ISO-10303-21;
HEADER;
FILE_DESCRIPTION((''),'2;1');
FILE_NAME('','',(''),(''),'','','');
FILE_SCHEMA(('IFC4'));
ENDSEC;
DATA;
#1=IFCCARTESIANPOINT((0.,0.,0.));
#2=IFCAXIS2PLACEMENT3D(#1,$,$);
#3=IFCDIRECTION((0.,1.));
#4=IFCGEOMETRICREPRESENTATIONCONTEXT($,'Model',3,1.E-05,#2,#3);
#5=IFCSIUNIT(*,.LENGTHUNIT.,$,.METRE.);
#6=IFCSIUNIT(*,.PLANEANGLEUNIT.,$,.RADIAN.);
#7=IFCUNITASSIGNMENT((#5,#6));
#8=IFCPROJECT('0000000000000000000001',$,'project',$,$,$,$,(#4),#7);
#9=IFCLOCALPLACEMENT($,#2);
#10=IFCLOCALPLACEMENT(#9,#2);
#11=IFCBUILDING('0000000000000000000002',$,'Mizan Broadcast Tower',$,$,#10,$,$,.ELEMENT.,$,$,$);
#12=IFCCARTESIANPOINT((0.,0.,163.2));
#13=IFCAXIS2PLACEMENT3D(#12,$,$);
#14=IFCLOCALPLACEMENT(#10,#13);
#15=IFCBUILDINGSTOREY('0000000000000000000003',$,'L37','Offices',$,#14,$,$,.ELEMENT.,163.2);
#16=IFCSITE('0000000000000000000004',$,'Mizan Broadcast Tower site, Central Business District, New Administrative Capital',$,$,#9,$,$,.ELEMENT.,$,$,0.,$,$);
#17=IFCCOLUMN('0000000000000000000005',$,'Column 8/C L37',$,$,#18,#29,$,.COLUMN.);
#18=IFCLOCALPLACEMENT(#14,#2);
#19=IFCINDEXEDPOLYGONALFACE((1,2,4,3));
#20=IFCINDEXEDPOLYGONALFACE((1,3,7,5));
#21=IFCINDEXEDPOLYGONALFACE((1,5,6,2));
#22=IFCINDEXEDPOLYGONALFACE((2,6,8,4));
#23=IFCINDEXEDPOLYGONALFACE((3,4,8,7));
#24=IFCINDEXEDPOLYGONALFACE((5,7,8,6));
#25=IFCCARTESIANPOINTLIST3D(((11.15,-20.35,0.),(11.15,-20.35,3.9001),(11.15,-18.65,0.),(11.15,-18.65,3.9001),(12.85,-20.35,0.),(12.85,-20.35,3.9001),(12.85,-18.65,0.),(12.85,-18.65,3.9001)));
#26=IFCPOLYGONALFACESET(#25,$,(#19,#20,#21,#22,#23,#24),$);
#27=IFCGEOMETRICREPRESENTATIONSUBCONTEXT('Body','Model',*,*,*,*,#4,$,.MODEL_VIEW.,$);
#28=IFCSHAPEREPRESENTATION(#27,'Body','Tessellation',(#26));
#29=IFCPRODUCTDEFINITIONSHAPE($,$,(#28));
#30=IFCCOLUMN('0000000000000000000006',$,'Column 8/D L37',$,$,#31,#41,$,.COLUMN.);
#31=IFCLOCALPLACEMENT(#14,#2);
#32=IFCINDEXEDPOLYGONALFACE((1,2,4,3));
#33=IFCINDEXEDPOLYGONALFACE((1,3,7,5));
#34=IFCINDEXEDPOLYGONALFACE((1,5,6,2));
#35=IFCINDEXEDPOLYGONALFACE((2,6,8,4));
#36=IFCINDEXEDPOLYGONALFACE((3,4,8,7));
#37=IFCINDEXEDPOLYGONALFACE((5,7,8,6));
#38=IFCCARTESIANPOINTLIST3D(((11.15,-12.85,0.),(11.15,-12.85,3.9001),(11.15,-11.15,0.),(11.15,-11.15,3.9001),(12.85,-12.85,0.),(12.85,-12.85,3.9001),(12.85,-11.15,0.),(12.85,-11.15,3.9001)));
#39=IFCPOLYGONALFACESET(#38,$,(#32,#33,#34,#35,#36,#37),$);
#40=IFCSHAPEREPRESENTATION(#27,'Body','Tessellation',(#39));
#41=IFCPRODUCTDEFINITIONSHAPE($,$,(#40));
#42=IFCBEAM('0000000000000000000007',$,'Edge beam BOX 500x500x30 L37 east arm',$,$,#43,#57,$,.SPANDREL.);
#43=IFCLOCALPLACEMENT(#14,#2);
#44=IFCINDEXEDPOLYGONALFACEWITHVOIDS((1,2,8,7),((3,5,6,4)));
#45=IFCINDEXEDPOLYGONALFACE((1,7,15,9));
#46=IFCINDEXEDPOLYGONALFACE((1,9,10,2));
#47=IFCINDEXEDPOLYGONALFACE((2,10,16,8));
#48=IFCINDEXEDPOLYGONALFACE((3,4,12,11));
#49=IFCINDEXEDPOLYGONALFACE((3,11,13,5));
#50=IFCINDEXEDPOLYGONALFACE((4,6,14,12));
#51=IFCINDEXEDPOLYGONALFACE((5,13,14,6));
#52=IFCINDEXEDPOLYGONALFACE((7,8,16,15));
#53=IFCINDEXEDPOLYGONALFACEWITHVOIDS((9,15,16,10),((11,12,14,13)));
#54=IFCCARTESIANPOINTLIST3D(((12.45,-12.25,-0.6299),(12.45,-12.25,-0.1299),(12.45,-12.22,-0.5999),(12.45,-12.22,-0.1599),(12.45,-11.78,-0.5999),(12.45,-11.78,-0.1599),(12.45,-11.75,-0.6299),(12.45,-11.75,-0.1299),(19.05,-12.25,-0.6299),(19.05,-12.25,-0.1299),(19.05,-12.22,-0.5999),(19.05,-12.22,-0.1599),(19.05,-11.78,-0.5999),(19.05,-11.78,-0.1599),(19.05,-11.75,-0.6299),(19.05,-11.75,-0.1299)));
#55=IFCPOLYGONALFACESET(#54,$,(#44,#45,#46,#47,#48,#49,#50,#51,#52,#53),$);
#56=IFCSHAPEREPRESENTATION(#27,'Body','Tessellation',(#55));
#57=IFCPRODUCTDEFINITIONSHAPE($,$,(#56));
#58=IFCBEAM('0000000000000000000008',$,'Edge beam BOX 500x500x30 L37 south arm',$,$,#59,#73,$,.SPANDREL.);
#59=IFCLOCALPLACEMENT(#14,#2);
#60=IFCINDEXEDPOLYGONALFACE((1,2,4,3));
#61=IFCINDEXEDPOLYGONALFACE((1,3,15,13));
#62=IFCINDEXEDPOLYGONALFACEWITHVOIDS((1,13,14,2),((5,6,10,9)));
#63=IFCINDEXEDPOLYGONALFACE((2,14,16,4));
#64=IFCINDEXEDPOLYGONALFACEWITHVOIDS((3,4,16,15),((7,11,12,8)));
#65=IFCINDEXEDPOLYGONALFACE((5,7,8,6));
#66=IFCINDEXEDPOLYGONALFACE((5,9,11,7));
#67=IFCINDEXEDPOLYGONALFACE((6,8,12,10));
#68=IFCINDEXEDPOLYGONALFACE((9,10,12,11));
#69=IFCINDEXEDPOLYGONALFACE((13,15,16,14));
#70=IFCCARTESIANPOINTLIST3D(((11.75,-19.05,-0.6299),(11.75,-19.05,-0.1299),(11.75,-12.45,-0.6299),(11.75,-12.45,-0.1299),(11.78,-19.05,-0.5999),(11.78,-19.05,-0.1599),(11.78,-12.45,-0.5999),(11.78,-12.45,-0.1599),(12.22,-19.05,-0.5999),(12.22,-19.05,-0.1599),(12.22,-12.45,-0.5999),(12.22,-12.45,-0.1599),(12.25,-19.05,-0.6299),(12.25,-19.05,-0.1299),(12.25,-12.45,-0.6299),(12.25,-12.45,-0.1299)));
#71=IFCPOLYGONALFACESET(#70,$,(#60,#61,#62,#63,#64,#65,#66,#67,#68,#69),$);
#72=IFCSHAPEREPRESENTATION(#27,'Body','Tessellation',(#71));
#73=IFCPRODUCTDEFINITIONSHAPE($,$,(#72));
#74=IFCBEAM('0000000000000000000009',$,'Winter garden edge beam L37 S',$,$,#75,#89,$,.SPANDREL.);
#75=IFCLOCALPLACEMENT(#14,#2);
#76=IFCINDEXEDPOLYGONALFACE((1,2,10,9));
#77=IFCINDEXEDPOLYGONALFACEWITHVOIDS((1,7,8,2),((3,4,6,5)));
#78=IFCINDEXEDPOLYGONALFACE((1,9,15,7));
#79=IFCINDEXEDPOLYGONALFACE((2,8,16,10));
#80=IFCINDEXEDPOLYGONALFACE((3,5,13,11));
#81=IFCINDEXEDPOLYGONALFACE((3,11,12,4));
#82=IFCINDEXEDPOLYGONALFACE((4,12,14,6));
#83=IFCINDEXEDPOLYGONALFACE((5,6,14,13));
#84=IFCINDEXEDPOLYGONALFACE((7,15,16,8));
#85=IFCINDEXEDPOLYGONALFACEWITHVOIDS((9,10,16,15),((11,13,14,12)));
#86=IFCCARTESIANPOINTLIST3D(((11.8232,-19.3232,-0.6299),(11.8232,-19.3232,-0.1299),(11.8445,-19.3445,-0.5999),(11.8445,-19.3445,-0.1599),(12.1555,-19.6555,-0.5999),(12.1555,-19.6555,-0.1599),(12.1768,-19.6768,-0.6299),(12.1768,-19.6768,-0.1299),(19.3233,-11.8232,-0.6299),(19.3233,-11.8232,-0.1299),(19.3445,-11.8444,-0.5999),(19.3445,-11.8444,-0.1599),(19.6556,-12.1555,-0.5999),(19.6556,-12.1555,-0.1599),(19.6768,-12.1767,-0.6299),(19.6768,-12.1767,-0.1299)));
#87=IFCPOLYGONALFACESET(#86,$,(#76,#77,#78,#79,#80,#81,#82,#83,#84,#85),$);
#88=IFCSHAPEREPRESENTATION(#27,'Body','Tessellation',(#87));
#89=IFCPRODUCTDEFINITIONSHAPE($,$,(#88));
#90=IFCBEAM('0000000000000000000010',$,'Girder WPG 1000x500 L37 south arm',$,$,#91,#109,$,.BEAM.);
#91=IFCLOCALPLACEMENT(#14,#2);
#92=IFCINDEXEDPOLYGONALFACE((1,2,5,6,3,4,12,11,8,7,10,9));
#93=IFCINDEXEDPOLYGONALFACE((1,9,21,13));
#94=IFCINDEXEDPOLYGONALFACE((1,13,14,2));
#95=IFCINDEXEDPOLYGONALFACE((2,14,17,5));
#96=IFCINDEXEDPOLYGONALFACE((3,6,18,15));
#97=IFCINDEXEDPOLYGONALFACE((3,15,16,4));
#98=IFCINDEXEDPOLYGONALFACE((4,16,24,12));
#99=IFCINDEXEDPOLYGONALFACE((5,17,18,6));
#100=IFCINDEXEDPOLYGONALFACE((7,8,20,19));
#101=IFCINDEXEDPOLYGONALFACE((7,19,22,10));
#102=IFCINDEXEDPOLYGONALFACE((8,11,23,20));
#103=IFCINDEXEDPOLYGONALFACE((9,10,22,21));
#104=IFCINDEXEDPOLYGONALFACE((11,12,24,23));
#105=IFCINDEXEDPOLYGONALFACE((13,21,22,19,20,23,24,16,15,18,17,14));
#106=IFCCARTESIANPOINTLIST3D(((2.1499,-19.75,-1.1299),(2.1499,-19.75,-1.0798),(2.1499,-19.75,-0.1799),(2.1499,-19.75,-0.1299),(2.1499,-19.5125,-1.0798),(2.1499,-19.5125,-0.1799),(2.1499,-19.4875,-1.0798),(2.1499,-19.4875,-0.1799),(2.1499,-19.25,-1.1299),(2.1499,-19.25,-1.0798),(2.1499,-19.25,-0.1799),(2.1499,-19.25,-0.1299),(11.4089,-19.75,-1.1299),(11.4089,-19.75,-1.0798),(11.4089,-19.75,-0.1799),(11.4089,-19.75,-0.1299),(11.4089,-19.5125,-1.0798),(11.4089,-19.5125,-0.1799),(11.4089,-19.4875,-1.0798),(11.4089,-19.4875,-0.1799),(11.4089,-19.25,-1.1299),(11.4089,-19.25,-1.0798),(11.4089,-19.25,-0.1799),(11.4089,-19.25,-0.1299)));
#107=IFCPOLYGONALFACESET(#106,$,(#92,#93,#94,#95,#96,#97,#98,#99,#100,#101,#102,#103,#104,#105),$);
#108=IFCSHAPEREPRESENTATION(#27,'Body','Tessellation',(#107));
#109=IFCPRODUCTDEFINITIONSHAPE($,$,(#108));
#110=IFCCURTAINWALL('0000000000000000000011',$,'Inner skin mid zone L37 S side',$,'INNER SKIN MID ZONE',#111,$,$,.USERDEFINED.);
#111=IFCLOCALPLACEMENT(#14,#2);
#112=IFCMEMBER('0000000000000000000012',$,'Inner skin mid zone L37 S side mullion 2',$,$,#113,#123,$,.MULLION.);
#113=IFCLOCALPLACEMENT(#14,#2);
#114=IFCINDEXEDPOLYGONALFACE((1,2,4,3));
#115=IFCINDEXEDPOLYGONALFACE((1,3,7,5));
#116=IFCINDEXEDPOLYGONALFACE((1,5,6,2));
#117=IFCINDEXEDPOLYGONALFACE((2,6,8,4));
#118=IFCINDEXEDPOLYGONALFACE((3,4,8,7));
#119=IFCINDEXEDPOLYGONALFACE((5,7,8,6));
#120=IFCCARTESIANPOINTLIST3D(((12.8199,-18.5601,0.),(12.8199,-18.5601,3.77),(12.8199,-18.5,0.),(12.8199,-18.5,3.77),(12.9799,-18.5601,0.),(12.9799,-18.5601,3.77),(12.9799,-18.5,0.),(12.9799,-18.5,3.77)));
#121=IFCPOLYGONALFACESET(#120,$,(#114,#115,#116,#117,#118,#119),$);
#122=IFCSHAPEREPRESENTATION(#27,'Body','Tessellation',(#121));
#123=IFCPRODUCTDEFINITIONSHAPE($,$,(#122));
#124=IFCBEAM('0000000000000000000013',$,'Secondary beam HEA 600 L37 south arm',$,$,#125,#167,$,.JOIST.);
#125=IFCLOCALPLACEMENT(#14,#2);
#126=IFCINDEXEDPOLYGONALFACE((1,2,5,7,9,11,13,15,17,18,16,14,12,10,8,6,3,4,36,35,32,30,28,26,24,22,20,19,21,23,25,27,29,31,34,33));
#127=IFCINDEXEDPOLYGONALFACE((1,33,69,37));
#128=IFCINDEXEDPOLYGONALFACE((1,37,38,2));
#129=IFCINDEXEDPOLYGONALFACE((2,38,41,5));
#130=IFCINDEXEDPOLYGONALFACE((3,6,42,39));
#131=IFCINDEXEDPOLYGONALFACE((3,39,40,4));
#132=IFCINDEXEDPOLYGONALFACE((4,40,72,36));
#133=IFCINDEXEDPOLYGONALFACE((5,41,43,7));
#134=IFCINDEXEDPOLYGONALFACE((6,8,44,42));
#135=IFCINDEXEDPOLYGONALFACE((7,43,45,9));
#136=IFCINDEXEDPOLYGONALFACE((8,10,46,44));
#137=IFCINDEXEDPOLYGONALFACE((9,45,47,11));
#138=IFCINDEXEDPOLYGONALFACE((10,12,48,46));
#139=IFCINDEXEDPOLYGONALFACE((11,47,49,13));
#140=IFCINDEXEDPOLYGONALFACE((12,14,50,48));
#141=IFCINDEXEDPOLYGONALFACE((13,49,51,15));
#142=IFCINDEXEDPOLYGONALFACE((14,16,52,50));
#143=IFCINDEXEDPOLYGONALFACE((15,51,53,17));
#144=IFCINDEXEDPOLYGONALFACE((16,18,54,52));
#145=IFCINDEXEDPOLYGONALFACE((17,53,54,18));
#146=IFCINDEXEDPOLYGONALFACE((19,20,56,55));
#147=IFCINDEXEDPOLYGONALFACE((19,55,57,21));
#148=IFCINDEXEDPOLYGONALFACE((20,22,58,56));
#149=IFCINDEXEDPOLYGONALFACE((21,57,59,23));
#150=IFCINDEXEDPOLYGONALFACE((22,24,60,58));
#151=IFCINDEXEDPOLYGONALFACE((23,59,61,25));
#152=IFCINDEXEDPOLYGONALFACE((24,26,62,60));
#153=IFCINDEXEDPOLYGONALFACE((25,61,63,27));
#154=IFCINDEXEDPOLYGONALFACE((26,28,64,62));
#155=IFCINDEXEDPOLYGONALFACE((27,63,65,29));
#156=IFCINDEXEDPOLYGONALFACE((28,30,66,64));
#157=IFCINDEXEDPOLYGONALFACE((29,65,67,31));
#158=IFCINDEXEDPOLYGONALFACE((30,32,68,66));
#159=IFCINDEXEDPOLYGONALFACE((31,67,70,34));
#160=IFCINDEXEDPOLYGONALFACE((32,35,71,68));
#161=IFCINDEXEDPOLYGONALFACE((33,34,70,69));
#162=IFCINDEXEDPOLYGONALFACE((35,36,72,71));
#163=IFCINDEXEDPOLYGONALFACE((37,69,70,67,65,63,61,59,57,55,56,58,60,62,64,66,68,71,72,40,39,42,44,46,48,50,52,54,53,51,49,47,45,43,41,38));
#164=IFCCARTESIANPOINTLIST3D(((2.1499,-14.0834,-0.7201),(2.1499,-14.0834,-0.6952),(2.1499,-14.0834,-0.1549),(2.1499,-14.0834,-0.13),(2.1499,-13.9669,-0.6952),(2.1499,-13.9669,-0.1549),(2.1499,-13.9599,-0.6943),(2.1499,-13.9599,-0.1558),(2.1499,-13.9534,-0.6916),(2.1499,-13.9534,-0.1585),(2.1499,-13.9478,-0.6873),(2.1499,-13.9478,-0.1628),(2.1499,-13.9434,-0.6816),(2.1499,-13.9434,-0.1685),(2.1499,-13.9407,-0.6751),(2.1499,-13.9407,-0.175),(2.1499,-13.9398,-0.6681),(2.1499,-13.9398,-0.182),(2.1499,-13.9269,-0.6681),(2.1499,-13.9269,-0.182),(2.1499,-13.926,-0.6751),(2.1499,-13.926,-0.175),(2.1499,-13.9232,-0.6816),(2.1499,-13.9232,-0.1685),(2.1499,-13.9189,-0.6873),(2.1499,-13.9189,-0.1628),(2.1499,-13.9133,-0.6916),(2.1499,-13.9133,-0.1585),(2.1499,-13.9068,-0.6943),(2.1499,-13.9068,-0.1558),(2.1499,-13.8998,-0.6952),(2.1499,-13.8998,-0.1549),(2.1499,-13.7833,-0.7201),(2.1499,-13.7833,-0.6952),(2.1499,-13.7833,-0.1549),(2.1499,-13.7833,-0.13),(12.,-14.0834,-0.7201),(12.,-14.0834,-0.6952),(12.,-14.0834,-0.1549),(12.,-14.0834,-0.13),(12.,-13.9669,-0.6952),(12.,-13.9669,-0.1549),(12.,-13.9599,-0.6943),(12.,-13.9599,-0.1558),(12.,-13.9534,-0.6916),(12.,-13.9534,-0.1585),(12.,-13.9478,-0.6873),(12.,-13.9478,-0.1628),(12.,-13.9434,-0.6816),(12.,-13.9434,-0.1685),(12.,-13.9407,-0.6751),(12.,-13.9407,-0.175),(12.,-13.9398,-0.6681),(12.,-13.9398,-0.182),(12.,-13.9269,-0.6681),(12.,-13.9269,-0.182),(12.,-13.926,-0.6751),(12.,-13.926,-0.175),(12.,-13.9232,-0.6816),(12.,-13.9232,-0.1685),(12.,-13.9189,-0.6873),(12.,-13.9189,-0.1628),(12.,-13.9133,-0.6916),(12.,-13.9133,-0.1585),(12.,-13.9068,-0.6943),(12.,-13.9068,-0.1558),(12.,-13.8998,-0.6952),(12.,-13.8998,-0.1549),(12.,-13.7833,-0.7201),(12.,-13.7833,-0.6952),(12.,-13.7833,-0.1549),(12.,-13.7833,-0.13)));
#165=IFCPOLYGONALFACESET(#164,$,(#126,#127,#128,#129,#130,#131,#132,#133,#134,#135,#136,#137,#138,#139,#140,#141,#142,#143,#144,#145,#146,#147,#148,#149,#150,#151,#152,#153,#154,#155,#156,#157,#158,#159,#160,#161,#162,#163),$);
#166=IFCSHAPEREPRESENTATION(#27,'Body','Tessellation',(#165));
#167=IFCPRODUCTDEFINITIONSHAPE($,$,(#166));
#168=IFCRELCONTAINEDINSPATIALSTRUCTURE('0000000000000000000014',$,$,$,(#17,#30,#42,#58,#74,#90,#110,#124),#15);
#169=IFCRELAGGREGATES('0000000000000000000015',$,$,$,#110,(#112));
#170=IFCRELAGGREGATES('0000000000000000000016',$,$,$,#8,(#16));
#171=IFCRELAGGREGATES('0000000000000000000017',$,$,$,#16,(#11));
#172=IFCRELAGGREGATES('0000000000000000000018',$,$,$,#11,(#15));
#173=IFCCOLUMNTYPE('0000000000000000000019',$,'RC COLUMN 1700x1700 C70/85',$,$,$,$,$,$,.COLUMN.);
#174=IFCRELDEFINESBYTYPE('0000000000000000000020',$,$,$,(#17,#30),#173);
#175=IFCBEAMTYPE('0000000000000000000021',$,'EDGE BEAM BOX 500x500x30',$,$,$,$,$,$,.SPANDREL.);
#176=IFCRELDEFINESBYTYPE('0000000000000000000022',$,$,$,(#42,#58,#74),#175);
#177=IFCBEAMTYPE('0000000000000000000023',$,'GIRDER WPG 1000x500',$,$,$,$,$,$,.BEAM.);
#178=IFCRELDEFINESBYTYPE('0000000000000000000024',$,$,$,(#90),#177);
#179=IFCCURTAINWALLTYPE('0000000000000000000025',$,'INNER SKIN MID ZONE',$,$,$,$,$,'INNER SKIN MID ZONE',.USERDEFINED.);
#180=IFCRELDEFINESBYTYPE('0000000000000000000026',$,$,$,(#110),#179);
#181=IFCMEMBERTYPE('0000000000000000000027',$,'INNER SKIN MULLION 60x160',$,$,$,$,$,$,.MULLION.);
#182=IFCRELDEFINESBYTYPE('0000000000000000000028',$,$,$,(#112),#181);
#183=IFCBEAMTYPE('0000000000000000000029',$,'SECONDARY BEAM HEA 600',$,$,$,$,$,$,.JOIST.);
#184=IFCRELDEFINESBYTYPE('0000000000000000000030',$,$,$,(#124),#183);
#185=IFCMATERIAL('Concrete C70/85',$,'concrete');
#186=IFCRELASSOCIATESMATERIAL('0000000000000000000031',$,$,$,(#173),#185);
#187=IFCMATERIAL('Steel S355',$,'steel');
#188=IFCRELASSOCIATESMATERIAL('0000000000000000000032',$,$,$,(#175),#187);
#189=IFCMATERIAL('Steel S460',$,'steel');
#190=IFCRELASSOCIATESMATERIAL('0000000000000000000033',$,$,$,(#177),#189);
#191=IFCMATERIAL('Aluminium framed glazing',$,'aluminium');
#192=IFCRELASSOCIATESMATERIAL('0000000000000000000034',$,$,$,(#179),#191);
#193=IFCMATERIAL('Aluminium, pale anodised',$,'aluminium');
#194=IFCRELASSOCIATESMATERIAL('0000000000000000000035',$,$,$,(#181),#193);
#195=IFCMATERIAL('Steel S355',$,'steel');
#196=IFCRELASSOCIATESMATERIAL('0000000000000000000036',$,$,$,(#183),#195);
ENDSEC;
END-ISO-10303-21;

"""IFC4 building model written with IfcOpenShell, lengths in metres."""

from ifc_helpers import new_model, si_unit, direction, frame, origin, origin_2d, place, context, subcontext, project, spatial, rectangle, hollow_rectangle, i_section, extrude, material, material_profile, profile_set, type_object, element, aggregate, save


model = new_model("IFC4")

# Units and contexts
model_context = context("Model", 3, precision=1e-05, world=origin(), true_north=direction((0.0, 1.0)))
body_context = subcontext(model_context, "Body", "Model", "MODEL_VIEW")
ifc_project = project(units=[si_unit("LENGTHUNIT", "METRE"), si_unit("PLANEANGLEUNIT", "RADIAN")], contexts=[model_context])

# Site, building, storey
site_placement = place(None, origin())
site = spatial("IfcSite", under=ifc_project, at=site_placement, Name="Mizan Broadcast Tower site, Central Business District, New Administrative Capital", CompositionType="ELEMENT", RefElevation=0.0)
building_placement = place(site_placement, origin())
building = spatial("IfcBuilding", under=site, at=building_placement, Name="Mizan Broadcast Tower", CompositionType="ELEMENT")
storey_placement = place(building_placement, frame((0.0, 0.0, 163.2)))
storey = spatial("IfcBuildingStorey", under=building, at=storey_placement, Name="L37", Description="Offices", CompositionType="ELEMENT", Elevation=163.2)

# Columns
ifc_material_1 = material(Name="Concrete C70/85", Category="concrete")
ifc_material_profile_1 = material_profile(ifc_material_1, rectangle(XDim=1.7, YDim=1.7, at=origin_2d()), Name="RC 1700x1700")
ifc_profile_set_1 = profile_set([ifc_material_profile_1], Name="Concrete C70/85")
column_type = type_object("IfcColumnType", Name="RC COLUMN 1700x1700 C70/85", PredefinedType="COLUMN", material=ifc_profile_set_1)
for number, where, z_axis, x_axis, name in (
    (1, (12.0, -19.5, 0.0), (0.0, 0.0, 1.0), (1.0, 0.0, 0.0), "Column 8/C L37"),
    (2, (12.0, -12.0, 0.0), (0.0, 0.0, 1.0), (1.0, 0.0, 0.0), "Column 8/D L37"),
):
    element("IfcColumn", number, at=place(storey_placement, frame(where, z_axis=z_axis, x_axis=x_axis)), inside=storey, type_object=column_type, Name=name, PredefinedType="COLUMN", context=body_context, shape_type="SweptSolid", body=[
        extrude(rectangle(XDim=1.7, YDim=1.7, at=origin_2d()), origin(), (0.0, 0.0, 1.0), 3.9001),
    ])

# Beams
ifc_material_2 = material(Name="Steel S355", Category="steel")
ifc_material_profile_2 = material_profile(ifc_material_2, hollow_rectangle(XDim=0.5, YDim=0.5, WallThickness=0.03, at=origin_2d()), Name="BOX 500x500x30")
ifc_profile_set_2 = profile_set([ifc_material_profile_2], Name="Steel S355")
beam_type_1 = type_object("IfcBeamType", Name="EDGE BEAM BOX 500x500x30", PredefinedType="SPANDREL", material=ifc_profile_set_2)
for number, where, z_axis, x_axis, name in (
    (3, (12.45, -12.0, -0.3799), (1.0, 0.0, 0.0), (0.0, 1.0, 0.0), "Edge beam BOX 500x500x30 L37 east arm"),
    (4, (12.0, -12.45, -0.3799), (0.0, -1.0, 0.0), (1.0, 0.0, 0.0), "Edge beam BOX 500x500x30 L37 south arm"),
):
    element("IfcBeam", number, at=place(storey_placement, frame(where, z_axis=z_axis, x_axis=x_axis)), inside=storey, type_object=beam_type_1, Name=name, PredefinedType="SPANDREL", context=body_context, shape_type="SweptSolid", body=[
        extrude(hollow_rectangle(XDim=0.5, YDim=0.5, WallThickness=0.03, at=origin_2d()), origin(), (0.0, 0.0, 1.0), 6.6001),
    ])
beam_1_placement = place(storey_placement, frame((12.0, -19.5, -0.3799), z_axis=(0.707107, 0.707107, 0.0), x_axis=(-0.707107, 0.707107, 0.0)))
element("IfcBeam", 5, at=beam_1_placement, inside=storey, type_object=beam_type_1, Name="Winter garden edge beam L37 S", PredefinedType="SPANDREL", context=body_context, shape_type="SweptSolid", body=[
    extrude(hollow_rectangle(XDim=0.5, YDim=0.5, WallThickness=0.03, at=origin_2d()), origin(), (0.0, 0.0, 1.0), 10.6067),
])
ifc_material_3 = material(Name="Steel S460", Category="steel")
ifc_material_profile_3 = material_profile(ifc_material_3, i_section(OverallWidth=0.5, OverallDepth=1.0, WebThickness=0.0249, FlangeThickness=0.05, at=origin_2d()), Name="WPG 1000x500")
ifc_profile_set_3 = profile_set([ifc_material_profile_3], Name="Steel S460")
beam_type_2 = type_object("IfcBeamType", Name="GIRDER WPG 1000x500", PredefinedType="BEAM", material=ifc_profile_set_3)
beam_2_placement = place(storey_placement, frame((11.4089, -19.5, -0.6299), z_axis=(-1.0, 0.0, 0.0), x_axis=(0.0, -1.0, 0.0)))
element("IfcBeam", 6, at=beam_2_placement, inside=storey, type_object=beam_type_2, Name="Girder WPG 1000x500 L37 south arm", PredefinedType="BEAM", context=body_context, shape_type="SweptSolid", body=[
    extrude(i_section(OverallWidth=0.5, OverallDepth=1.0, WebThickness=0.0249, FlangeThickness=0.05, at=origin_2d()), origin(), (0.0, 0.0, 1.0), 9.259),
])

# Curtain wall, member
ifc_material_4 = material(Name="Aluminium framed glazing", Category="aluminium")
curtain_wall_type = type_object("IfcCurtainWallType", Name="INNER SKIN MID ZONE", ElementType="INNER SKIN MID ZONE", PredefinedType="USERDEFINED", material=ifc_material_4)
curtain_wall_placement = place(storey_placement, origin())
curtain_wall = element("IfcCurtainWall", 7, at=curtain_wall_placement, inside=storey, type_object=curtain_wall_type, Name="Inner skin mid zone L37 S side", ObjectType="INNER SKIN MID ZONE", PredefinedType="USERDEFINED")
ifc_material_5 = material(Name="Aluminium, pale anodised", Category="aluminium")
ifc_material_profile_4 = material_profile(ifc_material_5, rectangle(XDim=0.1599, YDim=0.0601, at=origin_2d()), Name="MULLION 160x60")
ifc_profile_set_4 = profile_set([ifc_material_profile_4], Name="Aluminium, pale anodised")
member_type = type_object("IfcMemberType", Name="INNER SKIN MULLION 60x160", PredefinedType="MULLION", material=ifc_profile_set_4)
member_placement = place(storey_placement, frame((12.8999, -18.53, 0.0), z_axis=(0.0, 0.0, 1.0), x_axis=(-1.0, 0.0, 0.0)))
member = element("IfcMember", 8, at=member_placement, type_object=member_type, Name="Inner skin mid zone L37 S side mullion 2", PredefinedType="MULLION", context=body_context, shape_type="SweptSolid", body=[
    extrude(rectangle(XDim=0.1599, YDim=0.0601, at=origin_2d()), origin(), (0.0, 0.0, 1.0), 3.77),
])
aggregate(curtain_wall, [member])

# Beam
ifc_material_6 = material(Name="Steel S355", Category="steel")
ifc_material_profile_5 = material_profile(ifc_material_6, i_section(OverallWidth=0.3, OverallDepth=0.5901, WebThickness=0.0129, FlangeThickness=0.0249, FilletRadius=0.0271, at=origin_2d()), Name="HEA 600")
ifc_profile_set_5 = profile_set([ifc_material_profile_5], Name="Steel S355")
beam_type_3 = type_object("IfcBeamType", Name="SECONDARY BEAM HEA 600", PredefinedType="JOIST", material=ifc_profile_set_5)
for number, where, z_axis, x_axis, name in (
    (9, (12.0, -13.9333, -0.425), (-1.0, 0.0, 0.0), (0.0, -1.0, 0.0), "Secondary beam HEA 600 L37 south arm"),
):
    element("IfcBeam", number, at=place(storey_placement, frame(where, z_axis=z_axis, x_axis=x_axis)), inside=storey, type_object=beam_type_3, Name=name, PredefinedType="JOIST", context=body_context, shape_type="SweptSolid", body=[
        extrude(i_section(OverallWidth=0.3, OverallDepth=0.5901, WebThickness=0.0129, FlangeThickness=0.0249, FilletRadius=0.0271, at=origin_2d()), origin(), (0.0, 0.0, 1.0), 9.8501),
    ])

save(model, "model.ifc")
